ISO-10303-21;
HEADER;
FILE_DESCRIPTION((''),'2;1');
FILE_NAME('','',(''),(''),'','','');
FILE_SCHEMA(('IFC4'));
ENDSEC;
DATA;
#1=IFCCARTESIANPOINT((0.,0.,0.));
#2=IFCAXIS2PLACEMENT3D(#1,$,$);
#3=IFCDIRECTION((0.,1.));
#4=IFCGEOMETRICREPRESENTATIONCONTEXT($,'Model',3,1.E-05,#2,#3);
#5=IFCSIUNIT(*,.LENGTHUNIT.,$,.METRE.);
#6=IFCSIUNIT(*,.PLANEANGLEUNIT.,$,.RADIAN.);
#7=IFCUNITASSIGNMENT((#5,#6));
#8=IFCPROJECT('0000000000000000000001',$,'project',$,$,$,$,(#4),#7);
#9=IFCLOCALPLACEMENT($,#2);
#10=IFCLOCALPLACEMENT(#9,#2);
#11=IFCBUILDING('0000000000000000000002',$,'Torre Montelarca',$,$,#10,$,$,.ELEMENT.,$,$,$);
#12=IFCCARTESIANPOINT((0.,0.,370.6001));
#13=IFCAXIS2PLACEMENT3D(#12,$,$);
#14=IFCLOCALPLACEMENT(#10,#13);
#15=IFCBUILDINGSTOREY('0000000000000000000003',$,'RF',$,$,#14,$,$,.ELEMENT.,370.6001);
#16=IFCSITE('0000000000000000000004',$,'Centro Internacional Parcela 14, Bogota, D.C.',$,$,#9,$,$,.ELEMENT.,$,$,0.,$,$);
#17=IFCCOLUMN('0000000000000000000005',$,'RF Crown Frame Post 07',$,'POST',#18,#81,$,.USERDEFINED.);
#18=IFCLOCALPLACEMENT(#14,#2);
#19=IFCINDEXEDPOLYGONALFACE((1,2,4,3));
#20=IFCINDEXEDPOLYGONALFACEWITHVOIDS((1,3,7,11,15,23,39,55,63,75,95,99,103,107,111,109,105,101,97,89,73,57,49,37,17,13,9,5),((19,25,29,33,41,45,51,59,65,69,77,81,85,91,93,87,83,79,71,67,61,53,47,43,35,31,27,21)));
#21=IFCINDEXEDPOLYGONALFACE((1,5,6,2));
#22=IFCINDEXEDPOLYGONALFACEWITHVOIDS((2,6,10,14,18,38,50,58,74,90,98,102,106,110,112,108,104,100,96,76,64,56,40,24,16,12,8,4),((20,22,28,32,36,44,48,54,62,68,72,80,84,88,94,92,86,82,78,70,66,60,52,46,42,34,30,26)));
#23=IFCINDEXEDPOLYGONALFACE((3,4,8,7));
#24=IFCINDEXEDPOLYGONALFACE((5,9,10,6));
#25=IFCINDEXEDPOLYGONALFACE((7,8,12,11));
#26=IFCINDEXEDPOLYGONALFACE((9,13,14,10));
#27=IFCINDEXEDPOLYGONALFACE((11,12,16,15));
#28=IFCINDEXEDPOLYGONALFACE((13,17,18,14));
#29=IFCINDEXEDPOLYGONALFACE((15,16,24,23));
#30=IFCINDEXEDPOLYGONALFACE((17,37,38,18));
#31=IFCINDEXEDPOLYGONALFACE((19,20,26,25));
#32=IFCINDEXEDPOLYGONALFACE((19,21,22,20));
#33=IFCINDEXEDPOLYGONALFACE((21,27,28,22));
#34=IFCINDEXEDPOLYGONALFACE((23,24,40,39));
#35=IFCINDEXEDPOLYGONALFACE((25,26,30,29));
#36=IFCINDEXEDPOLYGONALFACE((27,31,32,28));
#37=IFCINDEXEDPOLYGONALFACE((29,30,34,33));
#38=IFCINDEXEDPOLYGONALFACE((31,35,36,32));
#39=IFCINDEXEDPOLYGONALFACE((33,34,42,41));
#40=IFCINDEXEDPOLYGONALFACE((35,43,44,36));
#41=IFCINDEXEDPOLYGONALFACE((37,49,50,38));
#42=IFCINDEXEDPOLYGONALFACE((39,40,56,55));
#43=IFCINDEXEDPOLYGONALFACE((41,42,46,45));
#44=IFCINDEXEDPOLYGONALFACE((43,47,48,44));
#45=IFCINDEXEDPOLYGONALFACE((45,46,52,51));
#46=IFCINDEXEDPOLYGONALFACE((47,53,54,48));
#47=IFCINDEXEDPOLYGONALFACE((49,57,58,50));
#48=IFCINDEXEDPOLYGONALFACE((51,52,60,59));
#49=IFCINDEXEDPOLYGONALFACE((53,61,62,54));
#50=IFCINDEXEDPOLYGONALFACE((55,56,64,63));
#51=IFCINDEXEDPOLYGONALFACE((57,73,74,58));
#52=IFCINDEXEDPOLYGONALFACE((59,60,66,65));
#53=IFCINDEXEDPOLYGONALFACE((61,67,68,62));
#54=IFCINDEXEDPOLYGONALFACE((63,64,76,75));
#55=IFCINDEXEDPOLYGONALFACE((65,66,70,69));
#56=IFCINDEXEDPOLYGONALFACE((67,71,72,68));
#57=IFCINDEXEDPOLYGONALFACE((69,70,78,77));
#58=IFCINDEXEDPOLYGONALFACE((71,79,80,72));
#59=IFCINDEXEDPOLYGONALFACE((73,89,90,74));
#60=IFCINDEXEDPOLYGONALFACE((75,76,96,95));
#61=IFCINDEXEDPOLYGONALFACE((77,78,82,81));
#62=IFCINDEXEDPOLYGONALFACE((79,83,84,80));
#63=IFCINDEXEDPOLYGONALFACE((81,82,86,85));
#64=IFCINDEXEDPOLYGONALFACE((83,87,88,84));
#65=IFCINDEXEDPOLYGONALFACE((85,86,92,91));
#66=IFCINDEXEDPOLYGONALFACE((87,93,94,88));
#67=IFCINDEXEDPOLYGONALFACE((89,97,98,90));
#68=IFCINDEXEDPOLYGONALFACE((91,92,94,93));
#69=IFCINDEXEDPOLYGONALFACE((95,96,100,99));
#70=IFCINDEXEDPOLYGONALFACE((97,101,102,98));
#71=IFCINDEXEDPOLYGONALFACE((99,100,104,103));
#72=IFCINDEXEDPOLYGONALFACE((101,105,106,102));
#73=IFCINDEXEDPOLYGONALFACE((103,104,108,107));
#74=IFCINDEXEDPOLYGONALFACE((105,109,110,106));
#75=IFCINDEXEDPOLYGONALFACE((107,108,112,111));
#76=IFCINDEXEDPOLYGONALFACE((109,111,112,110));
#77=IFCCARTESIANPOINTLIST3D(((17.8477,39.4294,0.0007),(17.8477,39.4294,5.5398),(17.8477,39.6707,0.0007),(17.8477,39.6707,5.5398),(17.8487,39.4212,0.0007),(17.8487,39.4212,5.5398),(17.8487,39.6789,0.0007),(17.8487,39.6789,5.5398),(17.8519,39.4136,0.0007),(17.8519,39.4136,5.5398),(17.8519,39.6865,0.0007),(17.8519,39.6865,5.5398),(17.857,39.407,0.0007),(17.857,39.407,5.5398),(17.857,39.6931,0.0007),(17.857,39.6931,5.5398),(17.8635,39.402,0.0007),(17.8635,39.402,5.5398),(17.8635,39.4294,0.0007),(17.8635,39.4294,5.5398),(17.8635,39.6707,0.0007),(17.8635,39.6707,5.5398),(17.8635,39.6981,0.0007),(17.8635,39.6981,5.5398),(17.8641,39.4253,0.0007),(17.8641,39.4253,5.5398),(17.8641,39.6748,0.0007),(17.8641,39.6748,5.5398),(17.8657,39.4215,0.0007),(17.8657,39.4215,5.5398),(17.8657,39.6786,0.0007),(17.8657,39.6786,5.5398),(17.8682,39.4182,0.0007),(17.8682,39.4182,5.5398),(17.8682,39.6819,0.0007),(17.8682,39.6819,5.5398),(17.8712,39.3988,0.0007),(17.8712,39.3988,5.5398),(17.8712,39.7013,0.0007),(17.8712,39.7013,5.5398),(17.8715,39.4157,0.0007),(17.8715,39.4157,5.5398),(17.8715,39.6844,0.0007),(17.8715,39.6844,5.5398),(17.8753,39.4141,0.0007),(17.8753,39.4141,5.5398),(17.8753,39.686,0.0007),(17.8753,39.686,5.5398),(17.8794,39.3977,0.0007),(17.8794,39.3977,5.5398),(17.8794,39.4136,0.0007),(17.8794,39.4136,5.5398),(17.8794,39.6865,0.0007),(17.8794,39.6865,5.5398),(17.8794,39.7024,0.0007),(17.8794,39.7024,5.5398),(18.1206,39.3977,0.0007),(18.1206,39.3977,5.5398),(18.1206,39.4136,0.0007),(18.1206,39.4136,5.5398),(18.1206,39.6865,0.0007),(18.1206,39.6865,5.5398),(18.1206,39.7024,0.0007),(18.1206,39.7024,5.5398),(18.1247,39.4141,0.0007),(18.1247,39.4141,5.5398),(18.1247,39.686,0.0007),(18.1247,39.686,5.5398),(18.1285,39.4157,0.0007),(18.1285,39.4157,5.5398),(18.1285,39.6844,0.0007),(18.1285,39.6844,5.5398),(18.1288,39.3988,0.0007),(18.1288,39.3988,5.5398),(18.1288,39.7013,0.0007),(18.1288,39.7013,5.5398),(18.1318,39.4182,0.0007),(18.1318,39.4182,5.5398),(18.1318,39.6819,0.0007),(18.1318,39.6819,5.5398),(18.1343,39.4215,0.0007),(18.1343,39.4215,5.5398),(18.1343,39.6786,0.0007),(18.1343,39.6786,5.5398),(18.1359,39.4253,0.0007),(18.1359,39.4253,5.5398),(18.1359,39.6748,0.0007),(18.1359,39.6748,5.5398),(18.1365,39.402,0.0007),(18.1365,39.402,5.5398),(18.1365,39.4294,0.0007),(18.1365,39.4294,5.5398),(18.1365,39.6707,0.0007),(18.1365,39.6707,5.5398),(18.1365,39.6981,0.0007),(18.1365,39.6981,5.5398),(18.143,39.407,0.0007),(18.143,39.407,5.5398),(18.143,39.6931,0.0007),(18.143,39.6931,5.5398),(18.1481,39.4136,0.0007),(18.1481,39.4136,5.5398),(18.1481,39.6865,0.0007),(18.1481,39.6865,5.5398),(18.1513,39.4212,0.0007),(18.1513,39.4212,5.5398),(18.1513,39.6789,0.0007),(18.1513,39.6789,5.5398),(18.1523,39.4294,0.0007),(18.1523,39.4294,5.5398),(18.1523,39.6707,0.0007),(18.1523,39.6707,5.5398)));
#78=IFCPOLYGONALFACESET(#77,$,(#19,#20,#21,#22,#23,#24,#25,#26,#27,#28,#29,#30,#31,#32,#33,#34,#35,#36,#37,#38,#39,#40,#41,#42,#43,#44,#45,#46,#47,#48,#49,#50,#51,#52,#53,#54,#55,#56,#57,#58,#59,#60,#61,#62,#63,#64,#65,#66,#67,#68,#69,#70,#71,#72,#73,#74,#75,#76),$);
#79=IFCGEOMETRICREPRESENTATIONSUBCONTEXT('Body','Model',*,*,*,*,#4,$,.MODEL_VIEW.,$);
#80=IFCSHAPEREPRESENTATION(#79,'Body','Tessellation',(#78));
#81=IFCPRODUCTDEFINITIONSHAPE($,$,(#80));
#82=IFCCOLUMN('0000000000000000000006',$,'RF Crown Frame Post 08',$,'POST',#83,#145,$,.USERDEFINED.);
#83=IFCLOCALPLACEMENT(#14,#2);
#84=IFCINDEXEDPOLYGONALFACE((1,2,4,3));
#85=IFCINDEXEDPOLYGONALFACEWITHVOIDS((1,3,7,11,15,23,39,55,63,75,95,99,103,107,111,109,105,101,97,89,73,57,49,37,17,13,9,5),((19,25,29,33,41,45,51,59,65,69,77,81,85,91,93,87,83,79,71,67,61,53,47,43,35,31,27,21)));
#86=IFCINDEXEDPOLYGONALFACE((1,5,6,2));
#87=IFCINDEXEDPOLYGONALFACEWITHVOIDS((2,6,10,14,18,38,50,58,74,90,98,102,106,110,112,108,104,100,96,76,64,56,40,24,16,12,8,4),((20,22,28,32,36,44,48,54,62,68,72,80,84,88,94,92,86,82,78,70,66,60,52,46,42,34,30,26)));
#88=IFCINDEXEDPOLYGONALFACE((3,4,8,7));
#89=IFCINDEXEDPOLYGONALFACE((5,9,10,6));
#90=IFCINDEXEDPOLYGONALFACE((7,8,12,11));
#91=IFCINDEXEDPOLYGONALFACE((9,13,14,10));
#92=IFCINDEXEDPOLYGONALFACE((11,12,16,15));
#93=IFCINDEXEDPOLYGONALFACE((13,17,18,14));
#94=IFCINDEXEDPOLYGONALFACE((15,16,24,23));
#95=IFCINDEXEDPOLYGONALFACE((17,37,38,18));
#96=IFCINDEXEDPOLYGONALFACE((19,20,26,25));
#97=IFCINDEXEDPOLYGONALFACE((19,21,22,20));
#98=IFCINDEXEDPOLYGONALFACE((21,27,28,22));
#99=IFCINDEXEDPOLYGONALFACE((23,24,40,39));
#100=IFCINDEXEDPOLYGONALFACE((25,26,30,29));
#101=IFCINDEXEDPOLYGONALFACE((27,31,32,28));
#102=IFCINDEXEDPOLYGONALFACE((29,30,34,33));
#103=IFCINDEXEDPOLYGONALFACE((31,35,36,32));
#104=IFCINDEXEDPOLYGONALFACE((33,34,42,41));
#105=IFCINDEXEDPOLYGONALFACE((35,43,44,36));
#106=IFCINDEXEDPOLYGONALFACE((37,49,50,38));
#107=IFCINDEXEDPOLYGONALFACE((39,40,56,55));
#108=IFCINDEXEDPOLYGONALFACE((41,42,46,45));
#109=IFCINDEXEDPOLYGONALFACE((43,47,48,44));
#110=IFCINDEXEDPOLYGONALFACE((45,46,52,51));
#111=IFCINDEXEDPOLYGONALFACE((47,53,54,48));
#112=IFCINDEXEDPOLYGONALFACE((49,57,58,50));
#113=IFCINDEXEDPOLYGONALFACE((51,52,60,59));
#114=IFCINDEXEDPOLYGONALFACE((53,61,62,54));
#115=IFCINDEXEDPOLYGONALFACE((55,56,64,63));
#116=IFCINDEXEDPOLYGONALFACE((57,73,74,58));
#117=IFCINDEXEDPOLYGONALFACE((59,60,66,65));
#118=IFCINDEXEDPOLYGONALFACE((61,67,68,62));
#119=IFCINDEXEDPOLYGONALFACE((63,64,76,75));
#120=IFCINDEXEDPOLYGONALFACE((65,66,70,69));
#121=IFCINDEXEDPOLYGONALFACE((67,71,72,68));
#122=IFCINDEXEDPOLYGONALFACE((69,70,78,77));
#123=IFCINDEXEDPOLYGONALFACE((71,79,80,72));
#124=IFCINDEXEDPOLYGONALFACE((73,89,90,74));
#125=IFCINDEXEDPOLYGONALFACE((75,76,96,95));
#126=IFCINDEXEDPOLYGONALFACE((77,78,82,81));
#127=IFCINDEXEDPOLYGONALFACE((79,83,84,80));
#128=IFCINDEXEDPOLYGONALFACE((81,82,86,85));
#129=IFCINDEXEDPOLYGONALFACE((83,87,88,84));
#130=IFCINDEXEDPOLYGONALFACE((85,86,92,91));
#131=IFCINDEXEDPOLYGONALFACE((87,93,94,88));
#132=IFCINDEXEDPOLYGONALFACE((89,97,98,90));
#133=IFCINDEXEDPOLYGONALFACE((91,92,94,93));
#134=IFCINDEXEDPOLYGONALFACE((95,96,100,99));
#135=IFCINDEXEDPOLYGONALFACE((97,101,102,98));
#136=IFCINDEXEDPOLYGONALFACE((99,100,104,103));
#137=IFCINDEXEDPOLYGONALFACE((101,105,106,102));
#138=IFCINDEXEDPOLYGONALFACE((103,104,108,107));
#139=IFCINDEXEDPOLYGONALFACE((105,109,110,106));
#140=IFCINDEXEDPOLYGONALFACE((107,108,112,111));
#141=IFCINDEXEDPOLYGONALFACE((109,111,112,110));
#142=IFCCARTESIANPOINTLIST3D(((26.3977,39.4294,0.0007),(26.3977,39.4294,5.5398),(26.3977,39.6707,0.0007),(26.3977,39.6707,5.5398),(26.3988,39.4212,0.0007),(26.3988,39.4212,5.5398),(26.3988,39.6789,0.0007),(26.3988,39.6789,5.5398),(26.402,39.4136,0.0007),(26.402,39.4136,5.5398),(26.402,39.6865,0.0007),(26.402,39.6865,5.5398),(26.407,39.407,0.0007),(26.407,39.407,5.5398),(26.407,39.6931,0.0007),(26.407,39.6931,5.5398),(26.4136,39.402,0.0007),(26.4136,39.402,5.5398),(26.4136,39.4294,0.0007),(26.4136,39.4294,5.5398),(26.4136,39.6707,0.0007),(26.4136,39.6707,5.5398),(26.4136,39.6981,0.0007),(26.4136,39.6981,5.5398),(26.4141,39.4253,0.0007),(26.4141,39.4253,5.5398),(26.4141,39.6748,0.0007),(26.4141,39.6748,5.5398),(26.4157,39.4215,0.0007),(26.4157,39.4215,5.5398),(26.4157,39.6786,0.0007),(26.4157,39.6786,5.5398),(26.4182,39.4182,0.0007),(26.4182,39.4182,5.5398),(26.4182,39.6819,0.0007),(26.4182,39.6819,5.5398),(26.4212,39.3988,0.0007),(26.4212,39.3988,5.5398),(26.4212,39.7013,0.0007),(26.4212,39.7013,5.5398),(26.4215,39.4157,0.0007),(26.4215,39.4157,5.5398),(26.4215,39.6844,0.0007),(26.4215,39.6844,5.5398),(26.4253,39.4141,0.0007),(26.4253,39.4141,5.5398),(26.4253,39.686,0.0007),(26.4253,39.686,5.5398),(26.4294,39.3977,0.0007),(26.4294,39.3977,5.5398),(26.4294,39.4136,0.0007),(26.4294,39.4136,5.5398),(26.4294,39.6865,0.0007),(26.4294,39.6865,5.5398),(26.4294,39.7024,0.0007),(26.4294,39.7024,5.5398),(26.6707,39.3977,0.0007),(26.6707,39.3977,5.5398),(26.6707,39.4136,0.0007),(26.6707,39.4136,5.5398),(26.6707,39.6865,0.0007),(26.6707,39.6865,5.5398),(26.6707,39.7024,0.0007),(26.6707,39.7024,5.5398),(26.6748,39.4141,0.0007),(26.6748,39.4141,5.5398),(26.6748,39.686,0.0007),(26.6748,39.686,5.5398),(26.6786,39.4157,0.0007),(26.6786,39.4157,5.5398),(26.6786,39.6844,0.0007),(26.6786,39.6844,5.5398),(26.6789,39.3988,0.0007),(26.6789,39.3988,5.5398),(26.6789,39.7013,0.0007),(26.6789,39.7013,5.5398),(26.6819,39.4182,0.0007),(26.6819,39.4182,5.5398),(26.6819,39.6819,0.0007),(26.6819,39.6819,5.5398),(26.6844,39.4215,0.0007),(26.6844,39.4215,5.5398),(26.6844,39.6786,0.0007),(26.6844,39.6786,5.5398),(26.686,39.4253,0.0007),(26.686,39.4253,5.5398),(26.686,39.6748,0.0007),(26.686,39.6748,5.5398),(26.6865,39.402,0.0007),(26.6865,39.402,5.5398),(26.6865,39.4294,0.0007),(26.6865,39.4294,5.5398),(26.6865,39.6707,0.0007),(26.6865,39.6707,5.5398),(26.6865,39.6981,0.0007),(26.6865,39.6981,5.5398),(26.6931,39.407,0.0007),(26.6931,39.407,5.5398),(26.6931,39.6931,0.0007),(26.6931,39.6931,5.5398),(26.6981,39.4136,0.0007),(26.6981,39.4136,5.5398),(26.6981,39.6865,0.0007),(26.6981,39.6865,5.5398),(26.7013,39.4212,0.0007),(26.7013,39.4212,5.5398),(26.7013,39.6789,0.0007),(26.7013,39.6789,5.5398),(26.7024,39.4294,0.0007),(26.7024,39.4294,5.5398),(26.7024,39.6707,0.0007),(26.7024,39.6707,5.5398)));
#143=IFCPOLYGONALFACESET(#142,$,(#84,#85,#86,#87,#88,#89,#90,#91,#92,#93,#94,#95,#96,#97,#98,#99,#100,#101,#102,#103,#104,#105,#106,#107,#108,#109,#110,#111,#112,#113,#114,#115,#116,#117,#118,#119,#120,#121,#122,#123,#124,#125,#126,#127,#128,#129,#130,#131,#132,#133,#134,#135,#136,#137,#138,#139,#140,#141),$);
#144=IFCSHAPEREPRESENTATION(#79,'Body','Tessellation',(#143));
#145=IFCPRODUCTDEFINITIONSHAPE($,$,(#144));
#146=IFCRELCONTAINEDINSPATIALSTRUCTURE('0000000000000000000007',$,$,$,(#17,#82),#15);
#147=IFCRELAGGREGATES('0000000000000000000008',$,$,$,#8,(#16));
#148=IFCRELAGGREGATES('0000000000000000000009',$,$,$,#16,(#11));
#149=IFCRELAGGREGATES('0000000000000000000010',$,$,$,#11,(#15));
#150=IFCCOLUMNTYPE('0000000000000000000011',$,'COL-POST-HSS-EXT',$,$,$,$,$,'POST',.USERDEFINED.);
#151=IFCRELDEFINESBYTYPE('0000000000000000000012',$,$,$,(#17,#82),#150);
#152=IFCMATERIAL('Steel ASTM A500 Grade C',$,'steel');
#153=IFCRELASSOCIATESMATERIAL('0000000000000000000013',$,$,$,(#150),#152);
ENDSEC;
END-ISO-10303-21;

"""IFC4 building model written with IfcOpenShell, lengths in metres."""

from ifc_helpers import new_model, si_unit, direction, frame, origin, origin_2d, place, context, subcontext, project, spatial, hollow_rectangle, extrude, source, transform, mapped, material, material_profile, profile_set, type_object, element, save


model = new_model("IFC4")

# Units and contexts
model_context = context("Model", 3, precision=1e-05, world=origin(), true_north=direction((0.0, 1.0)))
body_context = subcontext(model_context, "Body", "Model", "MODEL_VIEW")
ifc_project = project(units=[si_unit("LENGTHUNIT", "METRE"), si_unit("PLANEANGLEUNIT", "RADIAN")], contexts=[model_context])

# Site, building, storey
site_placement = place(None, origin())
site = spatial("IfcSite", under=ifc_project, at=site_placement, Name="Centro Internacional Parcela 14, Bogota, D.C.", CompositionType="ELEMENT", RefElevation=0.0)
building_placement = place(site_placement, origin())
building = spatial("IfcBuilding", under=site, at=building_placement, Name="Torre Montelarca", CompositionType="ELEMENT")
storey_placement = place(building_placement, frame((0.0, 0.0, 370.6001)))
storey = spatial("IfcBuildingStorey", under=building, at=storey_placement, Name="RF", CompositionType="ELEMENT", Elevation=370.6001)

# Columns
ifc_material_1 = material(Name="Steel ASTM A500 Grade C", Category="steel")
ifc_material_profile_1 = material_profile(ifc_material_1, hollow_rectangle(XDim=0.3047, YDim=0.3047, WallThickness=0.0159, InnerFilletRadius=0.0159, OuterFilletRadius=0.0317, at=origin_2d()), Name="HSS305X305X15.9", Category="steel")
ifc_profile_set_1 = profile_set([ifc_material_profile_1], Name="Steel ASTM A500 Grade C")
column_type = type_object("IfcColumnType", Name="COL-POST-HSS-EXT", ElementType="POST", PredefinedType="USERDEFINED", material=ifc_profile_set_1)
shared_shape_1 = source(origin(), body_context, "Body", "SweptSolid", [
    extrude(hollow_rectangle(XDim=0.3047, YDim=0.3047, WallThickness=0.0159, InnerFilletRadius=0.0159, OuterFilletRadius=0.0317, at=origin_2d()), origin(), (0.0, 0.0, 1.0), 5.5391),
])
for number, where, z_axis, x_axis, name in (
    (1, (18.0, 39.55, 0.0007), (0.0, 0.0, 1.0), (1.0, 0.0, 0.0), "RF Crown Frame Post 07"),
    (2, (26.55, 39.55, 0.0007), (0.0, 0.0, 1.0), (1.0, 0.0, 0.0), "RF Crown Frame Post 08"),
):
    element("IfcColumn", number, at=place(storey_placement, frame(where, z_axis=z_axis, x_axis=x_axis)), inside=storey, type_object=column_type, Name=name, ObjectType="POST", PredefinedType="USERDEFINED", context=body_context, shape_type="MappedRepresentation", body=[
        mapped(shared_shape_1, transform((0.0, 0.0, 0.0), scale=1.0)),
    ])

save(model, "model.ifc")
